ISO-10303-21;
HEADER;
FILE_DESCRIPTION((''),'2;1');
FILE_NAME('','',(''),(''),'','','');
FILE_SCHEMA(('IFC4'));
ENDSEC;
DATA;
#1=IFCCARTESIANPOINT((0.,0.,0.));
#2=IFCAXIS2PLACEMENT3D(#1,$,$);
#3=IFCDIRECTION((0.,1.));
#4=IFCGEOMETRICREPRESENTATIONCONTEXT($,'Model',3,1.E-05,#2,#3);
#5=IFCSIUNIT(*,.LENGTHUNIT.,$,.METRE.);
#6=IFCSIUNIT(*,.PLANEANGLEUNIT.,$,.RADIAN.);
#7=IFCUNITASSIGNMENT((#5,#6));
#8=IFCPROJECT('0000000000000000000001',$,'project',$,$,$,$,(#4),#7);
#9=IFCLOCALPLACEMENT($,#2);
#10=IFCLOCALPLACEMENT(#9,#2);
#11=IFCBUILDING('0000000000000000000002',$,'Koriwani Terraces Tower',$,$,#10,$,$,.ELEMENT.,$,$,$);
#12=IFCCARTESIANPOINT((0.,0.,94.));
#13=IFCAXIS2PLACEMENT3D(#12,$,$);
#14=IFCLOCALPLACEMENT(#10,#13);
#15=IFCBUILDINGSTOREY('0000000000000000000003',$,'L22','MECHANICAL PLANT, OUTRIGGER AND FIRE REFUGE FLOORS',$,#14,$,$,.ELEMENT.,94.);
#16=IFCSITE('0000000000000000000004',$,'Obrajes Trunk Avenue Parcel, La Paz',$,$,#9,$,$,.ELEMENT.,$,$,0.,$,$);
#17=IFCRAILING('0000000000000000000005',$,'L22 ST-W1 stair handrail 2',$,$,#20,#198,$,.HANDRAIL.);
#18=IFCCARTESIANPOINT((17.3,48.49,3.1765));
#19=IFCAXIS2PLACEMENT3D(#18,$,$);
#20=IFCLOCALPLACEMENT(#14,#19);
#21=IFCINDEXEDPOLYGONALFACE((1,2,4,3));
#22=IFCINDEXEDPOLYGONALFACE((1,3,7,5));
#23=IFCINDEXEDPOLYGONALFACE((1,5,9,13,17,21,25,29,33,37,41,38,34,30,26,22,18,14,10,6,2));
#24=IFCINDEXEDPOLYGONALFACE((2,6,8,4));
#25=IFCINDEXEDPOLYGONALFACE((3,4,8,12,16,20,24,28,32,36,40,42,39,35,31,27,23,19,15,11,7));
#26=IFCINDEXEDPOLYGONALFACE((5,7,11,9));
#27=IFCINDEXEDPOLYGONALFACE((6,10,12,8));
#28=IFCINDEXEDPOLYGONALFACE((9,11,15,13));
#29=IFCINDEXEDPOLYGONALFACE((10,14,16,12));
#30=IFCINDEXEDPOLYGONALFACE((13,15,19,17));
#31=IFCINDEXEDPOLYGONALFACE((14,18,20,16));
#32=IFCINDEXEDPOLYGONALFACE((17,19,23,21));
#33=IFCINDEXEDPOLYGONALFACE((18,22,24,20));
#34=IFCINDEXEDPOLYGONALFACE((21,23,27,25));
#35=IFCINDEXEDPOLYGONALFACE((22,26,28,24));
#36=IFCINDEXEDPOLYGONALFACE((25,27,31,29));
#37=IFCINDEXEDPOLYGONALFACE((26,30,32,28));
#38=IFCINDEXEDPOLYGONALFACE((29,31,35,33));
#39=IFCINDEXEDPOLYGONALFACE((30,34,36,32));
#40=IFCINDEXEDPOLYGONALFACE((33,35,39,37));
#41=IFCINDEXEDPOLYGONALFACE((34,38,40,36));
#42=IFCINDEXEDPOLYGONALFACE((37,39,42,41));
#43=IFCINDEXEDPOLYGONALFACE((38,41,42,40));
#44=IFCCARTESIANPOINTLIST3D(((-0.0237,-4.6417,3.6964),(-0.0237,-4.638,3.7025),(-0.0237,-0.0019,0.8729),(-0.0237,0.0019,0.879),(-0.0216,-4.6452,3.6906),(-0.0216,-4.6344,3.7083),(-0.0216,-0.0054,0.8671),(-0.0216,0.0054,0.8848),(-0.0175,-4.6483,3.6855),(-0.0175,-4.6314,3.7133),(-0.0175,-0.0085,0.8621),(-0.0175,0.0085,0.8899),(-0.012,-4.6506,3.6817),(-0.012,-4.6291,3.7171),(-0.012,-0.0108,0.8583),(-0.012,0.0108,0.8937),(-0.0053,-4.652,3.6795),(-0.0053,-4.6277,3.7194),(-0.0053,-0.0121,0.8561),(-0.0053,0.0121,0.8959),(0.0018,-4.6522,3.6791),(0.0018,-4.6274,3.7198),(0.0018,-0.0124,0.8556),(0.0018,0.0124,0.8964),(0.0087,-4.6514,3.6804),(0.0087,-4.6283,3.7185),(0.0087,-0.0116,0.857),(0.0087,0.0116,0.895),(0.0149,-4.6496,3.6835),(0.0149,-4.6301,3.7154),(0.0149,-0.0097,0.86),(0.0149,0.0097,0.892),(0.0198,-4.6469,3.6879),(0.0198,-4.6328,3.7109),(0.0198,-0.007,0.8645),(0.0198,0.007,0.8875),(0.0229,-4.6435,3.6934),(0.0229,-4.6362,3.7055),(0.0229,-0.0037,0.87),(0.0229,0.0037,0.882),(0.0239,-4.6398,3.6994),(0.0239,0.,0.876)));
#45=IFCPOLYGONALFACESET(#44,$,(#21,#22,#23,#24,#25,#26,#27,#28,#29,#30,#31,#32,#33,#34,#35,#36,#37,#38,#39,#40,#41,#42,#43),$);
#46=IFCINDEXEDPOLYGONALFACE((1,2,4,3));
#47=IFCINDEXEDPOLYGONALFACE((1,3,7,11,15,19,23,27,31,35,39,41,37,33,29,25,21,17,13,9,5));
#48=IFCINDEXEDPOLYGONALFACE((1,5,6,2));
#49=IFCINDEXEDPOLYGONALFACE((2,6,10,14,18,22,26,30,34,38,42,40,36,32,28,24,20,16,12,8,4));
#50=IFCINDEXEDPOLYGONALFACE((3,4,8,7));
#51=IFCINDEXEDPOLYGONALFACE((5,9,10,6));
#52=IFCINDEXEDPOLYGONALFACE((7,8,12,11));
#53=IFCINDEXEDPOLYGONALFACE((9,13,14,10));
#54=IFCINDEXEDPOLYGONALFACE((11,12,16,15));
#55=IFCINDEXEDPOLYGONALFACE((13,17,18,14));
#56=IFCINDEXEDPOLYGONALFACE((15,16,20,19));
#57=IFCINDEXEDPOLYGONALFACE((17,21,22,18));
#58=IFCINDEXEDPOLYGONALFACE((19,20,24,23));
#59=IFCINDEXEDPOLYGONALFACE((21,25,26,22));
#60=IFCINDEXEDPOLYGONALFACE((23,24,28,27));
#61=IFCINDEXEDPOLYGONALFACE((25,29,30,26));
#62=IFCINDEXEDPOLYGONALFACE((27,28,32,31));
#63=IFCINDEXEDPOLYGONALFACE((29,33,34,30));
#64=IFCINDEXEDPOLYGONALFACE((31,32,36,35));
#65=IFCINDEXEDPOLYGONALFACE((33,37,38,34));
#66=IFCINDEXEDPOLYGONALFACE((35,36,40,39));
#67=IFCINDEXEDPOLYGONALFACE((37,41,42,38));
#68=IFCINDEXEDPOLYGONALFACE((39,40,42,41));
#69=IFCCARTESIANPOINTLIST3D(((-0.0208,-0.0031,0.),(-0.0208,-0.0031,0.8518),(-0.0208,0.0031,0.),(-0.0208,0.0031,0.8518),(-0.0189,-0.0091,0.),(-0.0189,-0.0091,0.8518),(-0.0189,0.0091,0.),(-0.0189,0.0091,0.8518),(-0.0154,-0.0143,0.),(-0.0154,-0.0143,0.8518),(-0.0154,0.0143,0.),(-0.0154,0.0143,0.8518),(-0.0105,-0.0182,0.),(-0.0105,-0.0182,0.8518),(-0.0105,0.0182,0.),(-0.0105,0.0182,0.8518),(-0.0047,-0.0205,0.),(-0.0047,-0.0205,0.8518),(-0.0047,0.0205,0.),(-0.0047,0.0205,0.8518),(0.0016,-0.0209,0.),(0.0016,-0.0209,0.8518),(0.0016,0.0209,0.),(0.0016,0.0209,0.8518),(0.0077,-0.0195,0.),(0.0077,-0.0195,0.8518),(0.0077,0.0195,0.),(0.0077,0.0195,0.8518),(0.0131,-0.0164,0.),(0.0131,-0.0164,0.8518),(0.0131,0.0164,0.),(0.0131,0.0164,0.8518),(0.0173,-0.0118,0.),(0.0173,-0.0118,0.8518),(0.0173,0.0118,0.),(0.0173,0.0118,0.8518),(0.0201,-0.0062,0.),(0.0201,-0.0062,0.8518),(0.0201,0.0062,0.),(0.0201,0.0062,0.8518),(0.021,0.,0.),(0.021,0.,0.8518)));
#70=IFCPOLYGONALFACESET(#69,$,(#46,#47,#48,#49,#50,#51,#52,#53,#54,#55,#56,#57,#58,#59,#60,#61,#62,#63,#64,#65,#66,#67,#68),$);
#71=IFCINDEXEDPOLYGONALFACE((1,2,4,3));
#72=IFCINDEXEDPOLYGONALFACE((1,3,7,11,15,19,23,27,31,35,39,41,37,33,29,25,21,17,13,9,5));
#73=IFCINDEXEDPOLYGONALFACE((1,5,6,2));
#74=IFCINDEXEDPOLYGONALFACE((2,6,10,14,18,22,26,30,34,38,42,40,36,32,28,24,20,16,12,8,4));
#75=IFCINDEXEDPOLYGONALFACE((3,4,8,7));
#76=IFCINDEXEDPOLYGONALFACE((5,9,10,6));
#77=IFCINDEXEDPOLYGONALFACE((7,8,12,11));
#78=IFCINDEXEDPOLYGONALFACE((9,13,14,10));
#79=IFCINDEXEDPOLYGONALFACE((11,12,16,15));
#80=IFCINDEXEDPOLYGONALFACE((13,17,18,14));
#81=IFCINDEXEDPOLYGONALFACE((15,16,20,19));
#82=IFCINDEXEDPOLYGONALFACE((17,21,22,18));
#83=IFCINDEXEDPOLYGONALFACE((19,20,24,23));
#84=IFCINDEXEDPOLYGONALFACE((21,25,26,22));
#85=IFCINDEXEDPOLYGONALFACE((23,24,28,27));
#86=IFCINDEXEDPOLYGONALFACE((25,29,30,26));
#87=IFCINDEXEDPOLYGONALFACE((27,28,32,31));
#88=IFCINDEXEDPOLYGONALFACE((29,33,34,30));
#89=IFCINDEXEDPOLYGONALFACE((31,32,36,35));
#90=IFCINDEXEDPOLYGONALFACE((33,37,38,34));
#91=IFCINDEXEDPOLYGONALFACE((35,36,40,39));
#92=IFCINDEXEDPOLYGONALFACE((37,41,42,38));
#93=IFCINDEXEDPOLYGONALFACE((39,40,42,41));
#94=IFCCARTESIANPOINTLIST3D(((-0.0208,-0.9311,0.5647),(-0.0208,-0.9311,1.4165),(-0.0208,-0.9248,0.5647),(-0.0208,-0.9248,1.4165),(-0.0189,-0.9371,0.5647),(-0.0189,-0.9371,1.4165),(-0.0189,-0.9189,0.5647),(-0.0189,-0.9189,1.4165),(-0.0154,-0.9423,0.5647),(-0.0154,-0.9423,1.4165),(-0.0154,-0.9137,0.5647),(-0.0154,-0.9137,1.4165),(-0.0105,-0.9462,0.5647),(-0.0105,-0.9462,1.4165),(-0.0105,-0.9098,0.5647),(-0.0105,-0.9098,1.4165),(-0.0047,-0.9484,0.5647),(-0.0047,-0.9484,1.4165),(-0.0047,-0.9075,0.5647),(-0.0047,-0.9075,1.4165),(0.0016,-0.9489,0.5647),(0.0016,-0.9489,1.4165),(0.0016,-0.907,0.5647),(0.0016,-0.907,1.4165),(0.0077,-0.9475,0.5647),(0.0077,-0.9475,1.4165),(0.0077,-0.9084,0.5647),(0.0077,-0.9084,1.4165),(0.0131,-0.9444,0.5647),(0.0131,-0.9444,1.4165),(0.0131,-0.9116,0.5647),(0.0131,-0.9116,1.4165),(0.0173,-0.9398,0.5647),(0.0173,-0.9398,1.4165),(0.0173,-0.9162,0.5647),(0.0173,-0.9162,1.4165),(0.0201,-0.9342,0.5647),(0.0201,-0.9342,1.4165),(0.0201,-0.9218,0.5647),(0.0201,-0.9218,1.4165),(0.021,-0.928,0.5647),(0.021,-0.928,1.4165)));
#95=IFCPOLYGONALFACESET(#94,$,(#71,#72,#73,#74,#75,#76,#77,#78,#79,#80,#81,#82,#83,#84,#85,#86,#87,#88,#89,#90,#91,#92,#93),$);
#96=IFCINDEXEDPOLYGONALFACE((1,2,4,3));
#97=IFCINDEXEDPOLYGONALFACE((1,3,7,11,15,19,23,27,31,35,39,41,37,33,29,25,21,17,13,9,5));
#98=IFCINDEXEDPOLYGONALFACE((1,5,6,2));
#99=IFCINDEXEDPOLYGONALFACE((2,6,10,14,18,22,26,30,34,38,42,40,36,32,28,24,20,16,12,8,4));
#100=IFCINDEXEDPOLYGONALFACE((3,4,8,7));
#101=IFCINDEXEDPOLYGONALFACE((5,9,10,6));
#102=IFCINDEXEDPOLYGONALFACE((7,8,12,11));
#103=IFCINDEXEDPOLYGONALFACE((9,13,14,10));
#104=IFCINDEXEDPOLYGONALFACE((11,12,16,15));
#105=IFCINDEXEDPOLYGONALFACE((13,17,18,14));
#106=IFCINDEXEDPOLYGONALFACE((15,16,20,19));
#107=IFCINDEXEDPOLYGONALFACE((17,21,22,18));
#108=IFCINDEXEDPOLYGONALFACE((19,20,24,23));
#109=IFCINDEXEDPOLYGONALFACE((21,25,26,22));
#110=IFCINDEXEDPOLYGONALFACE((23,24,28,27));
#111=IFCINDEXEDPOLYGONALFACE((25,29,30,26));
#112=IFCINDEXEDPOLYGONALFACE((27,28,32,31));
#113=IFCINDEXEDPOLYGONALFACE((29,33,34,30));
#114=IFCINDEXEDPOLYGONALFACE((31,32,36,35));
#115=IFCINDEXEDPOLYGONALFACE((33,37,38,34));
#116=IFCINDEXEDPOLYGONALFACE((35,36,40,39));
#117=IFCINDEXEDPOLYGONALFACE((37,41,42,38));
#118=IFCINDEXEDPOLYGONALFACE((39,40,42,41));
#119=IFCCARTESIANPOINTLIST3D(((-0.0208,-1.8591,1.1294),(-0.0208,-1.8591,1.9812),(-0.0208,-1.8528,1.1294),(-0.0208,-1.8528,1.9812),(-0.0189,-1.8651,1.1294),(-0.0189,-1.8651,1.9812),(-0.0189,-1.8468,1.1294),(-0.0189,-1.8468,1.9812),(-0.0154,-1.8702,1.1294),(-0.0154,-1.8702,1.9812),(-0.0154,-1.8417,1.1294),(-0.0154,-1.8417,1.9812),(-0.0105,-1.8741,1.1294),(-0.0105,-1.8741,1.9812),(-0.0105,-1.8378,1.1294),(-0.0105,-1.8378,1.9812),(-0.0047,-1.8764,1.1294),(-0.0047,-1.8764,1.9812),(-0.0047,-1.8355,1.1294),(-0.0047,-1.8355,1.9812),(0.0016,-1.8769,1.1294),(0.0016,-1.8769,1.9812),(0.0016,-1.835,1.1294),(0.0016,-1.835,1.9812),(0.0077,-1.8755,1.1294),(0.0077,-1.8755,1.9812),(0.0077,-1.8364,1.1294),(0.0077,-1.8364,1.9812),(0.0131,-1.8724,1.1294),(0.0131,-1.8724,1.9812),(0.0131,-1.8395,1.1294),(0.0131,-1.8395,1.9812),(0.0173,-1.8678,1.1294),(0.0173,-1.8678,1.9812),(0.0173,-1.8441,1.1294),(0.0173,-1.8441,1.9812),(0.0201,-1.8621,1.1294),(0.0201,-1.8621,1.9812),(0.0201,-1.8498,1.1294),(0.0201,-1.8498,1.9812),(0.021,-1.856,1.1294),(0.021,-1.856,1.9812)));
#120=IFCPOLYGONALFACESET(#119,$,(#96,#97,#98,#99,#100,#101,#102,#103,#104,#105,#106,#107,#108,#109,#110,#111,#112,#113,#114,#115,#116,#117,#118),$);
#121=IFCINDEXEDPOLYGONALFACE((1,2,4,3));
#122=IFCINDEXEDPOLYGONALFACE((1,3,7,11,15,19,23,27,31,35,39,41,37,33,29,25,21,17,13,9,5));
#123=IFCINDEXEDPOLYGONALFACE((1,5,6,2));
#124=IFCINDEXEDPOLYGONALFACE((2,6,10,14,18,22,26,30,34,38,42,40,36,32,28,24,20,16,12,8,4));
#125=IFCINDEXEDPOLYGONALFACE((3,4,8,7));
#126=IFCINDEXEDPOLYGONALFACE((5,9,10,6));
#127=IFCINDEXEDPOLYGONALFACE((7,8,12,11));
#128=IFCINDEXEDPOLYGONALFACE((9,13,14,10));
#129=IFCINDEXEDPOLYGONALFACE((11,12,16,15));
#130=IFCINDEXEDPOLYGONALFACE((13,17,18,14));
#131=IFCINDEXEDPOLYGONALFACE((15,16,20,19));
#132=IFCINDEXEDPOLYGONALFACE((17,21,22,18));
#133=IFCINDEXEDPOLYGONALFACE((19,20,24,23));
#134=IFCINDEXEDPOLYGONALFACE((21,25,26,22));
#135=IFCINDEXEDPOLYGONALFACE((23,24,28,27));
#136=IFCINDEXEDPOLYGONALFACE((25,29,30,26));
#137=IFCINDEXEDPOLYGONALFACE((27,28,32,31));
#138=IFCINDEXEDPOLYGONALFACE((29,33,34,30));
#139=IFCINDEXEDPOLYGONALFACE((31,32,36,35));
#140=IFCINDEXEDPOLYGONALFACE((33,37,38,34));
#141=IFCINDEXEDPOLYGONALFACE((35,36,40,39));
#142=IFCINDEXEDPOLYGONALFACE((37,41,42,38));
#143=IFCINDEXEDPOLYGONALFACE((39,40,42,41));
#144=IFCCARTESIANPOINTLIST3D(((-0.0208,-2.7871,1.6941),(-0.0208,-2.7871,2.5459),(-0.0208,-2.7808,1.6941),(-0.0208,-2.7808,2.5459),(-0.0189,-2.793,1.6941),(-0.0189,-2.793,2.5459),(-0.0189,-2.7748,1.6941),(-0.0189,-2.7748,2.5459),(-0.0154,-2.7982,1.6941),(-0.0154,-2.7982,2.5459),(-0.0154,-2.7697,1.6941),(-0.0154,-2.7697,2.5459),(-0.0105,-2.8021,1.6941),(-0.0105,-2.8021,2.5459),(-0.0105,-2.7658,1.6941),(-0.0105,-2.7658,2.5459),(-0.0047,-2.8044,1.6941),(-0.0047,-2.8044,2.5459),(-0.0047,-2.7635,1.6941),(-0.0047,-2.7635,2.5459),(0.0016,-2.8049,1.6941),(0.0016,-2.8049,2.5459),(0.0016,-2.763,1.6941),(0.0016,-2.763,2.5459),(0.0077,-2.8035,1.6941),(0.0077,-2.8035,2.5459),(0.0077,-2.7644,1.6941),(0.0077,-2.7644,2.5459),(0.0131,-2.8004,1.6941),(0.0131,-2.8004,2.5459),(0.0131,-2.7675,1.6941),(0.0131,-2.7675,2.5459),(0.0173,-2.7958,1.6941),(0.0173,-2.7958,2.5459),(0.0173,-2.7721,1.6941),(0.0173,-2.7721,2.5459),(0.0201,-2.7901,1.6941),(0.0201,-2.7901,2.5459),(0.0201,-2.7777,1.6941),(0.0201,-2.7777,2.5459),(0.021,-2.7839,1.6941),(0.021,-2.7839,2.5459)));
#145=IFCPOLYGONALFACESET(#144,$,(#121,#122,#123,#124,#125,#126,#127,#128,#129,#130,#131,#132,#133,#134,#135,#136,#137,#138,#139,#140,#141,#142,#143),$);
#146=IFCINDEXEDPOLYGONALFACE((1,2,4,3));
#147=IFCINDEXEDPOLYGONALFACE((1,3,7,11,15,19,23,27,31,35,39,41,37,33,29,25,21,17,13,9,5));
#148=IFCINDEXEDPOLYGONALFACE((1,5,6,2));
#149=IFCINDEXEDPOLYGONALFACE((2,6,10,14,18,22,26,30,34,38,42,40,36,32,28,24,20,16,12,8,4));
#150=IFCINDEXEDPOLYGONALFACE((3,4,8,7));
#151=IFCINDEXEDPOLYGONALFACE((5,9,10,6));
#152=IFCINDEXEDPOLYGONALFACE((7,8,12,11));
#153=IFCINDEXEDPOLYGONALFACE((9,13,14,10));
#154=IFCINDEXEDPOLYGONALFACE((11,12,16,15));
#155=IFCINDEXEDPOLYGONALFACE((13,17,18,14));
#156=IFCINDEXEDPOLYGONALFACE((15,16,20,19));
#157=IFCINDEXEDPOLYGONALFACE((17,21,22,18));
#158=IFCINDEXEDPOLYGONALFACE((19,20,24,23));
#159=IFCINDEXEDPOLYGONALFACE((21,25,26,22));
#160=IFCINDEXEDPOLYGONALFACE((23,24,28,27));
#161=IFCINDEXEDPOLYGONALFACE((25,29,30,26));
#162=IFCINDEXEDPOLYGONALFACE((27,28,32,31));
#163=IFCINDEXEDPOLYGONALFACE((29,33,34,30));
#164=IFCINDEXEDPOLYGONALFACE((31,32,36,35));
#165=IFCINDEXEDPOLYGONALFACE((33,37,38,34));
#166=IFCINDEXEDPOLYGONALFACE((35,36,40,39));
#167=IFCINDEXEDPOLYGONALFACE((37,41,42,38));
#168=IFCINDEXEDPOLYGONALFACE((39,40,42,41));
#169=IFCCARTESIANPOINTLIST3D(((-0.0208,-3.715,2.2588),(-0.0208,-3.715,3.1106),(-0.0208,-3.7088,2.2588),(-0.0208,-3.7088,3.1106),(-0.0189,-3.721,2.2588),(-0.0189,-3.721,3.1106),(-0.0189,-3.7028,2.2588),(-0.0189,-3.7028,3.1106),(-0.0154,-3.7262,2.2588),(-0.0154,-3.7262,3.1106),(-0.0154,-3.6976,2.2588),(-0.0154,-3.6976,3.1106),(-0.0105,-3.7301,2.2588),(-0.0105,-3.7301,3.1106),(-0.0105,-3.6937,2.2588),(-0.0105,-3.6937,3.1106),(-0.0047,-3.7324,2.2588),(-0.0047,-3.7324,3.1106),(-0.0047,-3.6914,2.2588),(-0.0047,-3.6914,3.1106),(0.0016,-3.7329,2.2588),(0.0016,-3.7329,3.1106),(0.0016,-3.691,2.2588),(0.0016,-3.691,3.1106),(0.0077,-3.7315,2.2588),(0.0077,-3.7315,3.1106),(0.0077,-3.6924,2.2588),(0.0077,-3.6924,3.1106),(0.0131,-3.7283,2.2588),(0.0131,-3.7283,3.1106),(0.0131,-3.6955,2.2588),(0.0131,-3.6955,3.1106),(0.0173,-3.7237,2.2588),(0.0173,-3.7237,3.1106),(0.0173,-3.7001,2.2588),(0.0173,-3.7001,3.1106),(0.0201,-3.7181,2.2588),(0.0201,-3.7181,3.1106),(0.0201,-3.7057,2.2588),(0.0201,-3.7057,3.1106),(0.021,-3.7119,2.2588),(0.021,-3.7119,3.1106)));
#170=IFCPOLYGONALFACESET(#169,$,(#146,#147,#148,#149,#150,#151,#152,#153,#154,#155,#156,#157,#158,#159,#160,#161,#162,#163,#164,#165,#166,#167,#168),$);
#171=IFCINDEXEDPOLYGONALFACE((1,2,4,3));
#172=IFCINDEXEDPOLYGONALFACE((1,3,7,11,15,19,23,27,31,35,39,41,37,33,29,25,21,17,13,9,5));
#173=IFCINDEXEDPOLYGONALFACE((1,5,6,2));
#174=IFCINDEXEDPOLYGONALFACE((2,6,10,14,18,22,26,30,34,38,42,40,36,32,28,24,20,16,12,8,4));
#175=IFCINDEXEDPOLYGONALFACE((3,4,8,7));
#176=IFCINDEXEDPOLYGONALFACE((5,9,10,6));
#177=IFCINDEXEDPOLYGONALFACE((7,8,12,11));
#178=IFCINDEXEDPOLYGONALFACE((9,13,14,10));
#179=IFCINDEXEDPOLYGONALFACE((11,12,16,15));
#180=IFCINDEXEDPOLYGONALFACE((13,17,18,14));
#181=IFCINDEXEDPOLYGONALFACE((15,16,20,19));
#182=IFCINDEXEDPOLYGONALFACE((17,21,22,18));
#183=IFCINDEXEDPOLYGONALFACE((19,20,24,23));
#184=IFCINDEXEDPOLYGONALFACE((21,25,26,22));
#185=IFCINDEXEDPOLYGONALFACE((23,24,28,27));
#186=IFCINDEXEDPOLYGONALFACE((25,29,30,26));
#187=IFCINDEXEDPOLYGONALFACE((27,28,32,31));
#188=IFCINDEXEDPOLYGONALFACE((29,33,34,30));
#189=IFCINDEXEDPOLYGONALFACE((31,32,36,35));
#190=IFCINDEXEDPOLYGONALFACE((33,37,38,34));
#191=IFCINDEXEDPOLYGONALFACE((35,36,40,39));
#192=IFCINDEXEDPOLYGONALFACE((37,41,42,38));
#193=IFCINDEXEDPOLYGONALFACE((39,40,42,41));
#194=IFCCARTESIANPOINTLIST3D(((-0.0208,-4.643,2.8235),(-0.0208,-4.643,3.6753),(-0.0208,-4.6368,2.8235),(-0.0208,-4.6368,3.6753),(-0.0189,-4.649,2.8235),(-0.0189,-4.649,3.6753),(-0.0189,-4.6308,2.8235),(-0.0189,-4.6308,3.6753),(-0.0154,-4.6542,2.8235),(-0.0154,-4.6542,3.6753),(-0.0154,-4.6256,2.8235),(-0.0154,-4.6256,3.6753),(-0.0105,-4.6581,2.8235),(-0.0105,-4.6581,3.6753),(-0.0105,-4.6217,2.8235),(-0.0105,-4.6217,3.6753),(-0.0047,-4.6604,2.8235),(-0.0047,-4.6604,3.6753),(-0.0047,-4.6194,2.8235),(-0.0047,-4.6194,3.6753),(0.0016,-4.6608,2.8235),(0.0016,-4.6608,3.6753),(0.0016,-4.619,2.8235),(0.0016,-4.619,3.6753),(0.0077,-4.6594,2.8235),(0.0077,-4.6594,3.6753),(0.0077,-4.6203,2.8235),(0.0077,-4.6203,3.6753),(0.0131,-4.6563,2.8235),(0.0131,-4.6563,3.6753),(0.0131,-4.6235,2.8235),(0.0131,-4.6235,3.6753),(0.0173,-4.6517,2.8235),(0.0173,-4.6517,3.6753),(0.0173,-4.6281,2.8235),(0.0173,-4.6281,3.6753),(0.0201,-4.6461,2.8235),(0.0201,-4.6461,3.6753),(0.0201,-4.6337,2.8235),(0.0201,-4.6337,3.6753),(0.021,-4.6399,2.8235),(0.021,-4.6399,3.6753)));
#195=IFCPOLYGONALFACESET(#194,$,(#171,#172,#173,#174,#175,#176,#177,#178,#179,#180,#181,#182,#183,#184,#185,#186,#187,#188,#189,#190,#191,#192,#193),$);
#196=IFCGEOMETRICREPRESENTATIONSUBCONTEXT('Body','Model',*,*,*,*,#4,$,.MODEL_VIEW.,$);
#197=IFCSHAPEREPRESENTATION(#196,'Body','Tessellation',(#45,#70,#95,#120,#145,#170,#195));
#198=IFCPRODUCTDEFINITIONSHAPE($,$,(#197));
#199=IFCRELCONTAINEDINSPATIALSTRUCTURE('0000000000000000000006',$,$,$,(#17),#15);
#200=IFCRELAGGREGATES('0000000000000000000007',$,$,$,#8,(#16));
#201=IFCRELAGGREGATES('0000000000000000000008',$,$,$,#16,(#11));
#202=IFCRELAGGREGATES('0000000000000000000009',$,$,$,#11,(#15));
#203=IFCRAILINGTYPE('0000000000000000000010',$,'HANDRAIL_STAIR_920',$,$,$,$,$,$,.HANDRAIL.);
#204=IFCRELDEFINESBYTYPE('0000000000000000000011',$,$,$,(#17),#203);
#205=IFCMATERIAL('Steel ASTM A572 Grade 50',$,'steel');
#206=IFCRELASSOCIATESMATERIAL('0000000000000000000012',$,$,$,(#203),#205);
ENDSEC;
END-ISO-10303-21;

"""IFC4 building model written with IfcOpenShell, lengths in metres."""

from ifc_helpers import new_model, si_unit, direction, frame, origin, origin_2d, place, context, subcontext, project, spatial, circle, extrude, material, type_object, element, save


model = new_model("IFC4")

# Units and contexts
model_context = context("Model", 3, precision=1e-05, world=origin(), true_north=direction((0.0, 1.0)))
body_context = subcontext(model_context, "Body", "Model", "MODEL_VIEW")
ifc_project = project(units=[si_unit("LENGTHUNIT", "METRE"), si_unit("PLANEANGLEUNIT", "RADIAN")], contexts=[model_context])

# Site, building, storey
site_placement = place(None, origin())
site = spatial("IfcSite", under=ifc_project, at=site_placement, Name="Obrajes Trunk Avenue Parcel, La Paz", CompositionType="ELEMENT", RefElevation=0.0)
building_placement = place(site_placement, origin())
building = spatial("IfcBuilding", under=site, at=building_placement, Name="Koriwani Terraces Tower", CompositionType="ELEMENT")
storey_placement = place(building_placement, frame((0.0, 0.0, 94.0)))
storey = spatial("IfcBuildingStorey", under=building, at=storey_placement, Name="L22", Description="MECHANICAL PLANT, OUTRIGGER AND FIRE REFUGE FLOORS", CompositionType="ELEMENT", Elevation=94.0)

# Shared definitions
ifc_material_1 = material(Name="Steel ASTM A572 Grade 50", Category="steel")

# Railing
railing_type = type_object("IfcRailingType", Name="HANDRAIL_STAIR_920", PredefinedType="HANDRAIL", material=ifc_material_1)
railing_placement = place(storey_placement, frame((17.3, 48.49, 3.1765)))
element("IfcRailing", 1, at=railing_placement, inside=storey, type_object=railing_type, Name="L22 ST-W1 stair handrail 2", PredefinedType="HANDRAIL", context=body_context, shape_type="SweptSolid", body=[
    extrude(circle(Radius=0.0239, at=origin_2d()), frame((0.0, 0.0, 0.876), z_axis=(0.0, -0.854264, 0.51984), x_axis=(1.0, 0.0, 0.0)), (0.0, 0.0, 1.0), 5.4314),
    extrude(circle(Radius=0.021, at=origin_2d()), origin(), (0.0, 0.0, 1.0), 0.8518),
    extrude(circle(Radius=0.021, at=origin_2d()), frame((0.0, -0.928, 0.5647)), (0.0, 0.0, 1.0), 0.8518),
    extrude(circle(Radius=0.021, at=origin_2d()), frame((0.0, -1.856, 1.1294)), (0.0, 0.0, 1.0), 0.8518),
    extrude(circle(Radius=0.021, at=origin_2d()), frame((0.0, -2.7839, 1.6941)), (0.0, 0.0, 1.0), 0.8518),
    extrude(circle(Radius=0.021, at=origin_2d()), frame((0.0, -3.7119, 2.2588)), (0.0, 0.0, 1.0), 0.8518),
    extrude(circle(Radius=0.021, at=origin_2d()), frame((0.0, -4.6399, 2.8235)), (0.0, 0.0, 1.0), 0.8518),
])

save(model, "model.ifc")
